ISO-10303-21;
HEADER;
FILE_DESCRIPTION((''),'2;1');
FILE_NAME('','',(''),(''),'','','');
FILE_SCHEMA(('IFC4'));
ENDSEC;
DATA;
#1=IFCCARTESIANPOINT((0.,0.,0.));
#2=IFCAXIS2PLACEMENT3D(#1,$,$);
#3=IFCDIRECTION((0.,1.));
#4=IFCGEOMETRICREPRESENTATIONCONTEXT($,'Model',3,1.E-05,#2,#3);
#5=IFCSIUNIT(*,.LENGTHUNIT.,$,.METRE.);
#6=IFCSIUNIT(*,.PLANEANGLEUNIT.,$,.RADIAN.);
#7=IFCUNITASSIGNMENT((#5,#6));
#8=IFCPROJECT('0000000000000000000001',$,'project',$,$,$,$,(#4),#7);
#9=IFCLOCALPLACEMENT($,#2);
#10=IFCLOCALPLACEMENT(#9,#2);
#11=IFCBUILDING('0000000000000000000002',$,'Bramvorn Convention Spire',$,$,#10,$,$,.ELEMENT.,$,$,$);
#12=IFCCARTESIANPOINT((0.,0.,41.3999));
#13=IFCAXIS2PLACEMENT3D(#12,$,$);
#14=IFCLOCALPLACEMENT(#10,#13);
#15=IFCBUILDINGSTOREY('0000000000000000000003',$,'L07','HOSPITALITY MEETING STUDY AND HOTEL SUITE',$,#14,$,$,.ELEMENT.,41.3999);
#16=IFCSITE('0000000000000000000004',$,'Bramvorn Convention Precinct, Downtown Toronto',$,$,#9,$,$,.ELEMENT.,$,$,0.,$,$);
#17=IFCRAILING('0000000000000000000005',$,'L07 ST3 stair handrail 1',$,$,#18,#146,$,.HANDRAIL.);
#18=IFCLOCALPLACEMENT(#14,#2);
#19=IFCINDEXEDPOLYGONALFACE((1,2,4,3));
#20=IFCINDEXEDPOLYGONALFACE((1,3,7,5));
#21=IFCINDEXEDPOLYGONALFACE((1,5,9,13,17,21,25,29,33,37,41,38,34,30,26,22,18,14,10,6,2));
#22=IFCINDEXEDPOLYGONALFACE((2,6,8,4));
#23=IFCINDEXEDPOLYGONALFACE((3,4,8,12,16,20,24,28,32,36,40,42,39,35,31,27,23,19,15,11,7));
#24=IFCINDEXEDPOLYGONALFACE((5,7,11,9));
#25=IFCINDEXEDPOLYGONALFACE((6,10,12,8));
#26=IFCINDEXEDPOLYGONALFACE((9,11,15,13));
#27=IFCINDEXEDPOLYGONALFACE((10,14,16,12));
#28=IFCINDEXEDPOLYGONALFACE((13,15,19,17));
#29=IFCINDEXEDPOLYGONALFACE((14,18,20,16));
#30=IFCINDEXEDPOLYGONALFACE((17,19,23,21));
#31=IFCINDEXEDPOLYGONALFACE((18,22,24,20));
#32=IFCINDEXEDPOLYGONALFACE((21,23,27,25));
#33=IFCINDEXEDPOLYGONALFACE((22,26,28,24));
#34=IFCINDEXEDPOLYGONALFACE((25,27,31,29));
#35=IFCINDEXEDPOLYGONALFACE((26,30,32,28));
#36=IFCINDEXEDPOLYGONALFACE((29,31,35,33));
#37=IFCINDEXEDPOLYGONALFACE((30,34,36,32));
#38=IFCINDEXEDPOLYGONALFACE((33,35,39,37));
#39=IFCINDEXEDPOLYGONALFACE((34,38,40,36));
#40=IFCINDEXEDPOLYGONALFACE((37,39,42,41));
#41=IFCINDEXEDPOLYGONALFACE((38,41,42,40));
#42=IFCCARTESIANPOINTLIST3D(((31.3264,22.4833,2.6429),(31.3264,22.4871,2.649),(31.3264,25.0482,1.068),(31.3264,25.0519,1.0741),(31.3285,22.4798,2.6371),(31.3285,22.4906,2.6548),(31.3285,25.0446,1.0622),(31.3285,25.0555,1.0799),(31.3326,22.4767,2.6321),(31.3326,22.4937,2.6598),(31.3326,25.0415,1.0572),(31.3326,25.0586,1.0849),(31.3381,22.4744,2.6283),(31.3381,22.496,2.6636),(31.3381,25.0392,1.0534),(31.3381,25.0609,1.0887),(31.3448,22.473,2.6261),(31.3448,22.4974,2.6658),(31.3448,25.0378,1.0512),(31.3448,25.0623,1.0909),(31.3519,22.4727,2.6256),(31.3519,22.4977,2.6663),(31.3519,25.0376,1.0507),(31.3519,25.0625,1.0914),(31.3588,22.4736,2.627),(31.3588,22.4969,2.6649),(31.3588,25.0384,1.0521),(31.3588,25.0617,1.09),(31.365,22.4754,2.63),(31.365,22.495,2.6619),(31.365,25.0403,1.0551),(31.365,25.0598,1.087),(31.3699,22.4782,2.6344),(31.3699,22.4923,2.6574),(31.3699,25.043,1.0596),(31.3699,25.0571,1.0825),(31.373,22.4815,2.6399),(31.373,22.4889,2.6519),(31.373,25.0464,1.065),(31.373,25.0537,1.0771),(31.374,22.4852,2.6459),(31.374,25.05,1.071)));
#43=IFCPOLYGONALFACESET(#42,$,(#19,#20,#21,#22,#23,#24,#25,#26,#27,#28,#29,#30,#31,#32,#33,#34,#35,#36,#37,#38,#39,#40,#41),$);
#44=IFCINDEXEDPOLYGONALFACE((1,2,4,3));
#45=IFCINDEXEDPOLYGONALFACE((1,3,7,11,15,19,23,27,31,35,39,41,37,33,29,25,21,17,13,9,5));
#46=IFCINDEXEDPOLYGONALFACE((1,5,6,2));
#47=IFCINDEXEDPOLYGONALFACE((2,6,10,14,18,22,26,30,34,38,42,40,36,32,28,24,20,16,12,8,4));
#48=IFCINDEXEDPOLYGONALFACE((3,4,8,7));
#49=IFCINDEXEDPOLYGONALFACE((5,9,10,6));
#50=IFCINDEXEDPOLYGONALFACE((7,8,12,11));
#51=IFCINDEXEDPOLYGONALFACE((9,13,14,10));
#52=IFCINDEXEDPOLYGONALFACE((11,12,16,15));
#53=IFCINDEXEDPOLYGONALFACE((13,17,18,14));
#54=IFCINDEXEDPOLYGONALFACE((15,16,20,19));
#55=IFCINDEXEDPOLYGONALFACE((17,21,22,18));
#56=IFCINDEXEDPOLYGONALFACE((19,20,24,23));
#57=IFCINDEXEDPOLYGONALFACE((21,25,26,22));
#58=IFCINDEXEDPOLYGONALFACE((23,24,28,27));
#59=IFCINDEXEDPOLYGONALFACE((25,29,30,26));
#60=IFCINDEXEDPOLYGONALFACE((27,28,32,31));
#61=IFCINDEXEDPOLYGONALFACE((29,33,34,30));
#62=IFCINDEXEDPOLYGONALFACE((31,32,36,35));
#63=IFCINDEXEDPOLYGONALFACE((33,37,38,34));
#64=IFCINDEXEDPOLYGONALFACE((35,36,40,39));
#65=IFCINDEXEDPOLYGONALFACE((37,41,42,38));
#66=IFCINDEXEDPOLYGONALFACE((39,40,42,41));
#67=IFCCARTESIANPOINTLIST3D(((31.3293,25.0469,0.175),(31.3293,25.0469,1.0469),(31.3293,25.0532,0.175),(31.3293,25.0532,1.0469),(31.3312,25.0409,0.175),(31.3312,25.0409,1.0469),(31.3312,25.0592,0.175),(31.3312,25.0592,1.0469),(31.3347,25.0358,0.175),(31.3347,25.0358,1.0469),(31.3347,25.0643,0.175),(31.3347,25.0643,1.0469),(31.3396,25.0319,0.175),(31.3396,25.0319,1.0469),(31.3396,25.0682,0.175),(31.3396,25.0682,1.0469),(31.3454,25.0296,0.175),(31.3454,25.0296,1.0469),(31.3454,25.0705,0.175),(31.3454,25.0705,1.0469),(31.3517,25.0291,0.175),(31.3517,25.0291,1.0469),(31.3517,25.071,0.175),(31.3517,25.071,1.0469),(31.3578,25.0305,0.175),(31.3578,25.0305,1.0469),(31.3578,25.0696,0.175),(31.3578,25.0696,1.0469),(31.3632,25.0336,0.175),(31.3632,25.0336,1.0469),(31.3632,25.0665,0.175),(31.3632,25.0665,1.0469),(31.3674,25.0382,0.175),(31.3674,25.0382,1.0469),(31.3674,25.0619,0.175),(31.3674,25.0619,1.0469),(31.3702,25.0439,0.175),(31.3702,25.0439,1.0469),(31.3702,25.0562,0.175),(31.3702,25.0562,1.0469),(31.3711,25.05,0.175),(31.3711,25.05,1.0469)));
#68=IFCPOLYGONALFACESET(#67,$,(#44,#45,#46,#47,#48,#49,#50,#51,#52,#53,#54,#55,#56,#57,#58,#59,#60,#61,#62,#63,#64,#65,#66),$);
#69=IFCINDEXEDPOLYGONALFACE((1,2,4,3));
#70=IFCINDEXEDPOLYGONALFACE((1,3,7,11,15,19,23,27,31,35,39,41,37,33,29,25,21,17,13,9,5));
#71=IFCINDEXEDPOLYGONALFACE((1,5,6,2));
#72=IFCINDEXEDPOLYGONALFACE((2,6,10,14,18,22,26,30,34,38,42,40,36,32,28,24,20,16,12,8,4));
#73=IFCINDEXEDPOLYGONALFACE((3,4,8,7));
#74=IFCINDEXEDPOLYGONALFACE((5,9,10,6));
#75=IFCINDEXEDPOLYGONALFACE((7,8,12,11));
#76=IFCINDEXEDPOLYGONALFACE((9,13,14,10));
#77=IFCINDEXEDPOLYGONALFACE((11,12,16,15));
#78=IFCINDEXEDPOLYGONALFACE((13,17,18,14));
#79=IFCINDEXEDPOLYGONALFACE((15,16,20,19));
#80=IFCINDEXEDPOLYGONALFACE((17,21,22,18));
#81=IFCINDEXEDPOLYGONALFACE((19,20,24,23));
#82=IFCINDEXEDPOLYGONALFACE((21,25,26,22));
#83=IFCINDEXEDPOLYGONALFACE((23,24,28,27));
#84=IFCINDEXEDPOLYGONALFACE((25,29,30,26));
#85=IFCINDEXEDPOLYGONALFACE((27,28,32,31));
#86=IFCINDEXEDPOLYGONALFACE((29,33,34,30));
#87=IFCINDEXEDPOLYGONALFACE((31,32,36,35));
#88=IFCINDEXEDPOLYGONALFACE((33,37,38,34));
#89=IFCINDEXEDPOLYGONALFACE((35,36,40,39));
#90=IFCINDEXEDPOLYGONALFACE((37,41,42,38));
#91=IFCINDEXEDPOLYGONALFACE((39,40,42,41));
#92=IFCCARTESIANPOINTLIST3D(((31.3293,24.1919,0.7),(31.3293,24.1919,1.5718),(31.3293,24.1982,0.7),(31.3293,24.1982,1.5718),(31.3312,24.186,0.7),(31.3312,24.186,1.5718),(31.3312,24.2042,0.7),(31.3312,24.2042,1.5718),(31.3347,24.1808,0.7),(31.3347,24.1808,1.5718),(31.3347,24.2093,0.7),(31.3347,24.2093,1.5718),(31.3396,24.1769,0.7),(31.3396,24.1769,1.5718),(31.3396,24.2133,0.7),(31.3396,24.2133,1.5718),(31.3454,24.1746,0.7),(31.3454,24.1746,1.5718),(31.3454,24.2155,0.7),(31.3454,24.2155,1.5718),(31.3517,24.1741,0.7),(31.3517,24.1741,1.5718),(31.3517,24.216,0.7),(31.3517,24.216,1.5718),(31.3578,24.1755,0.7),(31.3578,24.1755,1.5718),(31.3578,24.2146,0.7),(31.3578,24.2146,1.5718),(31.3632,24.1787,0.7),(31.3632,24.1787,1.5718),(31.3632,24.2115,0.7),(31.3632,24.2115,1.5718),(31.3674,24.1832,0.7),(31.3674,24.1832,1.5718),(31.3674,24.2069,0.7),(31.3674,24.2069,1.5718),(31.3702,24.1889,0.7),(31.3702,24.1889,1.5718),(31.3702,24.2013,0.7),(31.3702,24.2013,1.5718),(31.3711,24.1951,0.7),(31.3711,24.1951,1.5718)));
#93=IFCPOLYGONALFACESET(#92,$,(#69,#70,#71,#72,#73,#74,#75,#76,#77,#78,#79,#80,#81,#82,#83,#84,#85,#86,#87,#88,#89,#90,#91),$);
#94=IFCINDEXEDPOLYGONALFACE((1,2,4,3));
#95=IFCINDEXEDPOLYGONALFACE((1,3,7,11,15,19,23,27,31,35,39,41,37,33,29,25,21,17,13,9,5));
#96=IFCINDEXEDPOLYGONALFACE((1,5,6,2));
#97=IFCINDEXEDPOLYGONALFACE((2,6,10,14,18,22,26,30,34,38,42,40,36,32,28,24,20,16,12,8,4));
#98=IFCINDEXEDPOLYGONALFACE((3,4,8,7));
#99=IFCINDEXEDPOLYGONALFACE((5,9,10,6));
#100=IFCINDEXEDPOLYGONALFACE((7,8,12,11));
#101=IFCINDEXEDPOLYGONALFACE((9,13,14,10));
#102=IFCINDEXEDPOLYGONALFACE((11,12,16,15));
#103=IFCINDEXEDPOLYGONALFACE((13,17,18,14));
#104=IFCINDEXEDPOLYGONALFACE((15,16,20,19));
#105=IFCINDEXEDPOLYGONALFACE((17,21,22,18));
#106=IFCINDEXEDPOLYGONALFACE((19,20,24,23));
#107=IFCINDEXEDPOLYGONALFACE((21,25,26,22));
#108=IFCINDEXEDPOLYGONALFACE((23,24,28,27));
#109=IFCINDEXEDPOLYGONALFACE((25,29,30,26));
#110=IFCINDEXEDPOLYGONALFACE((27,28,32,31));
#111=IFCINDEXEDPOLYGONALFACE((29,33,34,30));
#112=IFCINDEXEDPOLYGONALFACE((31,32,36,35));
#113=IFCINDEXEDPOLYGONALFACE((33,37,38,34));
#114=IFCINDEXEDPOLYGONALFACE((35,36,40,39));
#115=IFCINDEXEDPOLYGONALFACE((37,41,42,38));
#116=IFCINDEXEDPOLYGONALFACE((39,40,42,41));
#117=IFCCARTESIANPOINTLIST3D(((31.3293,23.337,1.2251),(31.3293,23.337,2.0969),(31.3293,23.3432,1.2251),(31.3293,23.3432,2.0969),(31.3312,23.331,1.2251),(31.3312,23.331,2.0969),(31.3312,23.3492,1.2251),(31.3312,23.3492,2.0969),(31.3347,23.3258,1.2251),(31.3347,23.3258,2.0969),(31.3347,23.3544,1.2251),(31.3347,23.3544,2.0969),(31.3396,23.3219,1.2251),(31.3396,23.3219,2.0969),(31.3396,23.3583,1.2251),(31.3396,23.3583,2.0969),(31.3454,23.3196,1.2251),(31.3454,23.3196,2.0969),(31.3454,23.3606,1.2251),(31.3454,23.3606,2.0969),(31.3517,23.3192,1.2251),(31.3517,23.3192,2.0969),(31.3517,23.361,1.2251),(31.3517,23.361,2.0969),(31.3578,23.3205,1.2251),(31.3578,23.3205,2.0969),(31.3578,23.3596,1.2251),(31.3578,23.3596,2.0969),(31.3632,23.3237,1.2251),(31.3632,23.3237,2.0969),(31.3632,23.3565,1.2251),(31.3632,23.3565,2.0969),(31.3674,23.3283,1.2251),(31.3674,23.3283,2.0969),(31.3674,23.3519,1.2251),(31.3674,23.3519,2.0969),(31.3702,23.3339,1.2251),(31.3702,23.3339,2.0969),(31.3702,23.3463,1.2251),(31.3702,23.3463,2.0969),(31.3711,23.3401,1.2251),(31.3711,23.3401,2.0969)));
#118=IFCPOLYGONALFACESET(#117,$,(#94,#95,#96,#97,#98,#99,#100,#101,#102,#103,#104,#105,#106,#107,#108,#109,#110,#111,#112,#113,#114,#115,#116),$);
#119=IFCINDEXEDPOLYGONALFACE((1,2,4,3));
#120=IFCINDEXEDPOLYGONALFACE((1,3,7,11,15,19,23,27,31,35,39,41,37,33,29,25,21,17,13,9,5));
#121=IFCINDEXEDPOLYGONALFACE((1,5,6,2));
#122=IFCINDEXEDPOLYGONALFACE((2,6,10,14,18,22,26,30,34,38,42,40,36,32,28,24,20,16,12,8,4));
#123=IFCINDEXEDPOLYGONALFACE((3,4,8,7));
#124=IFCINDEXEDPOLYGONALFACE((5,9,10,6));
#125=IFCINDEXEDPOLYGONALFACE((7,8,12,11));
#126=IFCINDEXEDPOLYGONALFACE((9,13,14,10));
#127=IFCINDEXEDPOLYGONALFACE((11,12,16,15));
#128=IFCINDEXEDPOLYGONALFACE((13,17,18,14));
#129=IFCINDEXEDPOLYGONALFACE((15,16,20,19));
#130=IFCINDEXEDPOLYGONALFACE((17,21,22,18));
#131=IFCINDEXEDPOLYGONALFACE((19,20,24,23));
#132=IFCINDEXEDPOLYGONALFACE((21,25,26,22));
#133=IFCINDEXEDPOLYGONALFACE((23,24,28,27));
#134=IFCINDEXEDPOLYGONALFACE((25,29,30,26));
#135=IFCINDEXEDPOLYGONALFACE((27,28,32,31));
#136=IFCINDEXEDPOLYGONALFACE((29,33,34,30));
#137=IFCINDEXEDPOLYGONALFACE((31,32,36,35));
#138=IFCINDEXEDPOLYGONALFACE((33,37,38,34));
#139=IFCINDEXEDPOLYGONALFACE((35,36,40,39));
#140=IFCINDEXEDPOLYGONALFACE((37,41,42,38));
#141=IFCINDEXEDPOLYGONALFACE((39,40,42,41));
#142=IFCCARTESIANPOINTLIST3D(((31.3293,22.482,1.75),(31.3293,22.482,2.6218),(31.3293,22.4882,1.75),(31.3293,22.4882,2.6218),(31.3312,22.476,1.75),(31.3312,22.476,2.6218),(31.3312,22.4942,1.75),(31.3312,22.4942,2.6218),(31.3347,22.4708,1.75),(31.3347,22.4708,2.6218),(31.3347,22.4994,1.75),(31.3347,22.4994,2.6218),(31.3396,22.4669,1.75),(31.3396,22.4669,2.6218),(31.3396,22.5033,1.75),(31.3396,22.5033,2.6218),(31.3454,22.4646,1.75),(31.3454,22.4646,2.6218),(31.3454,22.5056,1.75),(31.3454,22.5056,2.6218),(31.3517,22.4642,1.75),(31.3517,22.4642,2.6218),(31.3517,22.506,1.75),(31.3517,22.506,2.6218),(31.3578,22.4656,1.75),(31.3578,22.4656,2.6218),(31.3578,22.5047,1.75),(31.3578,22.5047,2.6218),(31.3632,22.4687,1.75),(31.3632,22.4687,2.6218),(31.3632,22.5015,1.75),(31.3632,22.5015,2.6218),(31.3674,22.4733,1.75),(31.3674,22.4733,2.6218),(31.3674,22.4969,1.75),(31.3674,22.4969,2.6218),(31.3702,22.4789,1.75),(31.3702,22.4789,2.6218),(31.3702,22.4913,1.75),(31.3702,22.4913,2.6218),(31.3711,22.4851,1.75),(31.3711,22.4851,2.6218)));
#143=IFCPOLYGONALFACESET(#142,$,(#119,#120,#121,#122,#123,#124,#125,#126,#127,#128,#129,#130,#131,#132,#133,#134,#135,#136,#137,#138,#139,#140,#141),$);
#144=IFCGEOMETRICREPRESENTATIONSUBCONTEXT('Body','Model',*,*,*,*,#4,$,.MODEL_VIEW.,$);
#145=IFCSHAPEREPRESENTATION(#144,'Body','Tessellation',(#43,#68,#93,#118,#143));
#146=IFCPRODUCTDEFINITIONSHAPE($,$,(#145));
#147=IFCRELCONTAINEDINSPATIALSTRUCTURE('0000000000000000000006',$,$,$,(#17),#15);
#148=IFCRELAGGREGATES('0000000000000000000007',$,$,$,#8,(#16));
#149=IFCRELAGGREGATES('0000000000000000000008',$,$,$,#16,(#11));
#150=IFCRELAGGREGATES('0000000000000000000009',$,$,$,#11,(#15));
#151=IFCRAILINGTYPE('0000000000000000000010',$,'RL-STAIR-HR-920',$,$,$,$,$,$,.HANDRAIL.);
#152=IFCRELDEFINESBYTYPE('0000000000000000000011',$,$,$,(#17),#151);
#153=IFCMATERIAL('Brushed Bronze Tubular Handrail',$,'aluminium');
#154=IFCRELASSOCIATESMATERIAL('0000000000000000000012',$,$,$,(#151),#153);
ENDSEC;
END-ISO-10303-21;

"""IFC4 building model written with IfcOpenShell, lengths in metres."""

from ifc_helpers import new_model, si_unit, direction, frame, origin, origin_2d, place, context, subcontext, project, spatial, circle, extrude, material, type_object, element, save


model = new_model("IFC4")

# Units and contexts
model_context = context("Model", 3, precision=1e-05, world=origin(), true_north=direction((0.0, 1.0)))
body_context = subcontext(model_context, "Body", "Model", "MODEL_VIEW")
ifc_project = project(units=[si_unit("LENGTHUNIT", "METRE"), si_unit("PLANEANGLEUNIT", "RADIAN")], contexts=[model_context])

# Site, building, storey
site_placement = place(None, origin())
site = spatial("IfcSite", under=ifc_project, at=site_placement, Name="Bramvorn Convention Precinct, Downtown Toronto", CompositionType="ELEMENT", RefElevation=0.0)
building_placement = place(site_placement, origin())
building = spatial("IfcBuilding", under=site, at=building_placement, Name="Bramvorn Convention Spire", CompositionType="ELEMENT")
storey_placement = place(building_placement, frame((0.0, 0.0, 41.3999)))
storey = spatial("IfcBuildingStorey", under=building, at=storey_placement, Name="L07", Description="HOSPITALITY MEETING STUDY AND HOTEL SUITE", CompositionType="ELEMENT", Elevation=41.3999)

# Railing
ifc_material_1 = material(Name="Brushed Bronze Tubular Handrail", Category="aluminium")
railing_type_1 = type_object("IfcRailingType", Name="RL-STAIR-HR-920", PredefinedType="HANDRAIL", material=ifc_material_1)
for number, where, name in (
    (1, (31.3501, 25.05, 0.175), "L07 ST3 stair handrail 1"),
):
    element("IfcRailing", number, at=place(storey_placement, frame(where)), inside=storey, type_object=railing_type_1, Name=name, PredefinedType="HANDRAIL", context=body_context, shape_type="SweptSolid", body=[
        extrude(circle(Radius=0.0239, at=origin_2d()), frame((0.0, 0.0, 0.896), z_axis=(0.0, -0.852173, 0.52326), x_axis=(1.0, 0.0, 0.0)), (0.0, 0.0, 1.0), 3.0098),
        extrude(circle(Radius=0.021, at=origin_2d()), origin(), (0.0, 0.0, 1.0), 0.8718),
        extrude(circle(Radius=0.021, at=origin_2d()), frame((0.0, -0.855, 0.5249)), (0.0, 0.0, 1.0), 0.8718),
        extrude(circle(Radius=0.021, at=origin_2d()), frame((0.0, -1.71, 1.05)), (0.0, 0.0, 1.0), 0.8718),
        extrude(circle(Radius=0.021, at=origin_2d()), frame((0.0, -2.5649, 1.575)), (0.0, 0.0, 1.0), 0.8718),
    ])

save(model, "model.ifc")
